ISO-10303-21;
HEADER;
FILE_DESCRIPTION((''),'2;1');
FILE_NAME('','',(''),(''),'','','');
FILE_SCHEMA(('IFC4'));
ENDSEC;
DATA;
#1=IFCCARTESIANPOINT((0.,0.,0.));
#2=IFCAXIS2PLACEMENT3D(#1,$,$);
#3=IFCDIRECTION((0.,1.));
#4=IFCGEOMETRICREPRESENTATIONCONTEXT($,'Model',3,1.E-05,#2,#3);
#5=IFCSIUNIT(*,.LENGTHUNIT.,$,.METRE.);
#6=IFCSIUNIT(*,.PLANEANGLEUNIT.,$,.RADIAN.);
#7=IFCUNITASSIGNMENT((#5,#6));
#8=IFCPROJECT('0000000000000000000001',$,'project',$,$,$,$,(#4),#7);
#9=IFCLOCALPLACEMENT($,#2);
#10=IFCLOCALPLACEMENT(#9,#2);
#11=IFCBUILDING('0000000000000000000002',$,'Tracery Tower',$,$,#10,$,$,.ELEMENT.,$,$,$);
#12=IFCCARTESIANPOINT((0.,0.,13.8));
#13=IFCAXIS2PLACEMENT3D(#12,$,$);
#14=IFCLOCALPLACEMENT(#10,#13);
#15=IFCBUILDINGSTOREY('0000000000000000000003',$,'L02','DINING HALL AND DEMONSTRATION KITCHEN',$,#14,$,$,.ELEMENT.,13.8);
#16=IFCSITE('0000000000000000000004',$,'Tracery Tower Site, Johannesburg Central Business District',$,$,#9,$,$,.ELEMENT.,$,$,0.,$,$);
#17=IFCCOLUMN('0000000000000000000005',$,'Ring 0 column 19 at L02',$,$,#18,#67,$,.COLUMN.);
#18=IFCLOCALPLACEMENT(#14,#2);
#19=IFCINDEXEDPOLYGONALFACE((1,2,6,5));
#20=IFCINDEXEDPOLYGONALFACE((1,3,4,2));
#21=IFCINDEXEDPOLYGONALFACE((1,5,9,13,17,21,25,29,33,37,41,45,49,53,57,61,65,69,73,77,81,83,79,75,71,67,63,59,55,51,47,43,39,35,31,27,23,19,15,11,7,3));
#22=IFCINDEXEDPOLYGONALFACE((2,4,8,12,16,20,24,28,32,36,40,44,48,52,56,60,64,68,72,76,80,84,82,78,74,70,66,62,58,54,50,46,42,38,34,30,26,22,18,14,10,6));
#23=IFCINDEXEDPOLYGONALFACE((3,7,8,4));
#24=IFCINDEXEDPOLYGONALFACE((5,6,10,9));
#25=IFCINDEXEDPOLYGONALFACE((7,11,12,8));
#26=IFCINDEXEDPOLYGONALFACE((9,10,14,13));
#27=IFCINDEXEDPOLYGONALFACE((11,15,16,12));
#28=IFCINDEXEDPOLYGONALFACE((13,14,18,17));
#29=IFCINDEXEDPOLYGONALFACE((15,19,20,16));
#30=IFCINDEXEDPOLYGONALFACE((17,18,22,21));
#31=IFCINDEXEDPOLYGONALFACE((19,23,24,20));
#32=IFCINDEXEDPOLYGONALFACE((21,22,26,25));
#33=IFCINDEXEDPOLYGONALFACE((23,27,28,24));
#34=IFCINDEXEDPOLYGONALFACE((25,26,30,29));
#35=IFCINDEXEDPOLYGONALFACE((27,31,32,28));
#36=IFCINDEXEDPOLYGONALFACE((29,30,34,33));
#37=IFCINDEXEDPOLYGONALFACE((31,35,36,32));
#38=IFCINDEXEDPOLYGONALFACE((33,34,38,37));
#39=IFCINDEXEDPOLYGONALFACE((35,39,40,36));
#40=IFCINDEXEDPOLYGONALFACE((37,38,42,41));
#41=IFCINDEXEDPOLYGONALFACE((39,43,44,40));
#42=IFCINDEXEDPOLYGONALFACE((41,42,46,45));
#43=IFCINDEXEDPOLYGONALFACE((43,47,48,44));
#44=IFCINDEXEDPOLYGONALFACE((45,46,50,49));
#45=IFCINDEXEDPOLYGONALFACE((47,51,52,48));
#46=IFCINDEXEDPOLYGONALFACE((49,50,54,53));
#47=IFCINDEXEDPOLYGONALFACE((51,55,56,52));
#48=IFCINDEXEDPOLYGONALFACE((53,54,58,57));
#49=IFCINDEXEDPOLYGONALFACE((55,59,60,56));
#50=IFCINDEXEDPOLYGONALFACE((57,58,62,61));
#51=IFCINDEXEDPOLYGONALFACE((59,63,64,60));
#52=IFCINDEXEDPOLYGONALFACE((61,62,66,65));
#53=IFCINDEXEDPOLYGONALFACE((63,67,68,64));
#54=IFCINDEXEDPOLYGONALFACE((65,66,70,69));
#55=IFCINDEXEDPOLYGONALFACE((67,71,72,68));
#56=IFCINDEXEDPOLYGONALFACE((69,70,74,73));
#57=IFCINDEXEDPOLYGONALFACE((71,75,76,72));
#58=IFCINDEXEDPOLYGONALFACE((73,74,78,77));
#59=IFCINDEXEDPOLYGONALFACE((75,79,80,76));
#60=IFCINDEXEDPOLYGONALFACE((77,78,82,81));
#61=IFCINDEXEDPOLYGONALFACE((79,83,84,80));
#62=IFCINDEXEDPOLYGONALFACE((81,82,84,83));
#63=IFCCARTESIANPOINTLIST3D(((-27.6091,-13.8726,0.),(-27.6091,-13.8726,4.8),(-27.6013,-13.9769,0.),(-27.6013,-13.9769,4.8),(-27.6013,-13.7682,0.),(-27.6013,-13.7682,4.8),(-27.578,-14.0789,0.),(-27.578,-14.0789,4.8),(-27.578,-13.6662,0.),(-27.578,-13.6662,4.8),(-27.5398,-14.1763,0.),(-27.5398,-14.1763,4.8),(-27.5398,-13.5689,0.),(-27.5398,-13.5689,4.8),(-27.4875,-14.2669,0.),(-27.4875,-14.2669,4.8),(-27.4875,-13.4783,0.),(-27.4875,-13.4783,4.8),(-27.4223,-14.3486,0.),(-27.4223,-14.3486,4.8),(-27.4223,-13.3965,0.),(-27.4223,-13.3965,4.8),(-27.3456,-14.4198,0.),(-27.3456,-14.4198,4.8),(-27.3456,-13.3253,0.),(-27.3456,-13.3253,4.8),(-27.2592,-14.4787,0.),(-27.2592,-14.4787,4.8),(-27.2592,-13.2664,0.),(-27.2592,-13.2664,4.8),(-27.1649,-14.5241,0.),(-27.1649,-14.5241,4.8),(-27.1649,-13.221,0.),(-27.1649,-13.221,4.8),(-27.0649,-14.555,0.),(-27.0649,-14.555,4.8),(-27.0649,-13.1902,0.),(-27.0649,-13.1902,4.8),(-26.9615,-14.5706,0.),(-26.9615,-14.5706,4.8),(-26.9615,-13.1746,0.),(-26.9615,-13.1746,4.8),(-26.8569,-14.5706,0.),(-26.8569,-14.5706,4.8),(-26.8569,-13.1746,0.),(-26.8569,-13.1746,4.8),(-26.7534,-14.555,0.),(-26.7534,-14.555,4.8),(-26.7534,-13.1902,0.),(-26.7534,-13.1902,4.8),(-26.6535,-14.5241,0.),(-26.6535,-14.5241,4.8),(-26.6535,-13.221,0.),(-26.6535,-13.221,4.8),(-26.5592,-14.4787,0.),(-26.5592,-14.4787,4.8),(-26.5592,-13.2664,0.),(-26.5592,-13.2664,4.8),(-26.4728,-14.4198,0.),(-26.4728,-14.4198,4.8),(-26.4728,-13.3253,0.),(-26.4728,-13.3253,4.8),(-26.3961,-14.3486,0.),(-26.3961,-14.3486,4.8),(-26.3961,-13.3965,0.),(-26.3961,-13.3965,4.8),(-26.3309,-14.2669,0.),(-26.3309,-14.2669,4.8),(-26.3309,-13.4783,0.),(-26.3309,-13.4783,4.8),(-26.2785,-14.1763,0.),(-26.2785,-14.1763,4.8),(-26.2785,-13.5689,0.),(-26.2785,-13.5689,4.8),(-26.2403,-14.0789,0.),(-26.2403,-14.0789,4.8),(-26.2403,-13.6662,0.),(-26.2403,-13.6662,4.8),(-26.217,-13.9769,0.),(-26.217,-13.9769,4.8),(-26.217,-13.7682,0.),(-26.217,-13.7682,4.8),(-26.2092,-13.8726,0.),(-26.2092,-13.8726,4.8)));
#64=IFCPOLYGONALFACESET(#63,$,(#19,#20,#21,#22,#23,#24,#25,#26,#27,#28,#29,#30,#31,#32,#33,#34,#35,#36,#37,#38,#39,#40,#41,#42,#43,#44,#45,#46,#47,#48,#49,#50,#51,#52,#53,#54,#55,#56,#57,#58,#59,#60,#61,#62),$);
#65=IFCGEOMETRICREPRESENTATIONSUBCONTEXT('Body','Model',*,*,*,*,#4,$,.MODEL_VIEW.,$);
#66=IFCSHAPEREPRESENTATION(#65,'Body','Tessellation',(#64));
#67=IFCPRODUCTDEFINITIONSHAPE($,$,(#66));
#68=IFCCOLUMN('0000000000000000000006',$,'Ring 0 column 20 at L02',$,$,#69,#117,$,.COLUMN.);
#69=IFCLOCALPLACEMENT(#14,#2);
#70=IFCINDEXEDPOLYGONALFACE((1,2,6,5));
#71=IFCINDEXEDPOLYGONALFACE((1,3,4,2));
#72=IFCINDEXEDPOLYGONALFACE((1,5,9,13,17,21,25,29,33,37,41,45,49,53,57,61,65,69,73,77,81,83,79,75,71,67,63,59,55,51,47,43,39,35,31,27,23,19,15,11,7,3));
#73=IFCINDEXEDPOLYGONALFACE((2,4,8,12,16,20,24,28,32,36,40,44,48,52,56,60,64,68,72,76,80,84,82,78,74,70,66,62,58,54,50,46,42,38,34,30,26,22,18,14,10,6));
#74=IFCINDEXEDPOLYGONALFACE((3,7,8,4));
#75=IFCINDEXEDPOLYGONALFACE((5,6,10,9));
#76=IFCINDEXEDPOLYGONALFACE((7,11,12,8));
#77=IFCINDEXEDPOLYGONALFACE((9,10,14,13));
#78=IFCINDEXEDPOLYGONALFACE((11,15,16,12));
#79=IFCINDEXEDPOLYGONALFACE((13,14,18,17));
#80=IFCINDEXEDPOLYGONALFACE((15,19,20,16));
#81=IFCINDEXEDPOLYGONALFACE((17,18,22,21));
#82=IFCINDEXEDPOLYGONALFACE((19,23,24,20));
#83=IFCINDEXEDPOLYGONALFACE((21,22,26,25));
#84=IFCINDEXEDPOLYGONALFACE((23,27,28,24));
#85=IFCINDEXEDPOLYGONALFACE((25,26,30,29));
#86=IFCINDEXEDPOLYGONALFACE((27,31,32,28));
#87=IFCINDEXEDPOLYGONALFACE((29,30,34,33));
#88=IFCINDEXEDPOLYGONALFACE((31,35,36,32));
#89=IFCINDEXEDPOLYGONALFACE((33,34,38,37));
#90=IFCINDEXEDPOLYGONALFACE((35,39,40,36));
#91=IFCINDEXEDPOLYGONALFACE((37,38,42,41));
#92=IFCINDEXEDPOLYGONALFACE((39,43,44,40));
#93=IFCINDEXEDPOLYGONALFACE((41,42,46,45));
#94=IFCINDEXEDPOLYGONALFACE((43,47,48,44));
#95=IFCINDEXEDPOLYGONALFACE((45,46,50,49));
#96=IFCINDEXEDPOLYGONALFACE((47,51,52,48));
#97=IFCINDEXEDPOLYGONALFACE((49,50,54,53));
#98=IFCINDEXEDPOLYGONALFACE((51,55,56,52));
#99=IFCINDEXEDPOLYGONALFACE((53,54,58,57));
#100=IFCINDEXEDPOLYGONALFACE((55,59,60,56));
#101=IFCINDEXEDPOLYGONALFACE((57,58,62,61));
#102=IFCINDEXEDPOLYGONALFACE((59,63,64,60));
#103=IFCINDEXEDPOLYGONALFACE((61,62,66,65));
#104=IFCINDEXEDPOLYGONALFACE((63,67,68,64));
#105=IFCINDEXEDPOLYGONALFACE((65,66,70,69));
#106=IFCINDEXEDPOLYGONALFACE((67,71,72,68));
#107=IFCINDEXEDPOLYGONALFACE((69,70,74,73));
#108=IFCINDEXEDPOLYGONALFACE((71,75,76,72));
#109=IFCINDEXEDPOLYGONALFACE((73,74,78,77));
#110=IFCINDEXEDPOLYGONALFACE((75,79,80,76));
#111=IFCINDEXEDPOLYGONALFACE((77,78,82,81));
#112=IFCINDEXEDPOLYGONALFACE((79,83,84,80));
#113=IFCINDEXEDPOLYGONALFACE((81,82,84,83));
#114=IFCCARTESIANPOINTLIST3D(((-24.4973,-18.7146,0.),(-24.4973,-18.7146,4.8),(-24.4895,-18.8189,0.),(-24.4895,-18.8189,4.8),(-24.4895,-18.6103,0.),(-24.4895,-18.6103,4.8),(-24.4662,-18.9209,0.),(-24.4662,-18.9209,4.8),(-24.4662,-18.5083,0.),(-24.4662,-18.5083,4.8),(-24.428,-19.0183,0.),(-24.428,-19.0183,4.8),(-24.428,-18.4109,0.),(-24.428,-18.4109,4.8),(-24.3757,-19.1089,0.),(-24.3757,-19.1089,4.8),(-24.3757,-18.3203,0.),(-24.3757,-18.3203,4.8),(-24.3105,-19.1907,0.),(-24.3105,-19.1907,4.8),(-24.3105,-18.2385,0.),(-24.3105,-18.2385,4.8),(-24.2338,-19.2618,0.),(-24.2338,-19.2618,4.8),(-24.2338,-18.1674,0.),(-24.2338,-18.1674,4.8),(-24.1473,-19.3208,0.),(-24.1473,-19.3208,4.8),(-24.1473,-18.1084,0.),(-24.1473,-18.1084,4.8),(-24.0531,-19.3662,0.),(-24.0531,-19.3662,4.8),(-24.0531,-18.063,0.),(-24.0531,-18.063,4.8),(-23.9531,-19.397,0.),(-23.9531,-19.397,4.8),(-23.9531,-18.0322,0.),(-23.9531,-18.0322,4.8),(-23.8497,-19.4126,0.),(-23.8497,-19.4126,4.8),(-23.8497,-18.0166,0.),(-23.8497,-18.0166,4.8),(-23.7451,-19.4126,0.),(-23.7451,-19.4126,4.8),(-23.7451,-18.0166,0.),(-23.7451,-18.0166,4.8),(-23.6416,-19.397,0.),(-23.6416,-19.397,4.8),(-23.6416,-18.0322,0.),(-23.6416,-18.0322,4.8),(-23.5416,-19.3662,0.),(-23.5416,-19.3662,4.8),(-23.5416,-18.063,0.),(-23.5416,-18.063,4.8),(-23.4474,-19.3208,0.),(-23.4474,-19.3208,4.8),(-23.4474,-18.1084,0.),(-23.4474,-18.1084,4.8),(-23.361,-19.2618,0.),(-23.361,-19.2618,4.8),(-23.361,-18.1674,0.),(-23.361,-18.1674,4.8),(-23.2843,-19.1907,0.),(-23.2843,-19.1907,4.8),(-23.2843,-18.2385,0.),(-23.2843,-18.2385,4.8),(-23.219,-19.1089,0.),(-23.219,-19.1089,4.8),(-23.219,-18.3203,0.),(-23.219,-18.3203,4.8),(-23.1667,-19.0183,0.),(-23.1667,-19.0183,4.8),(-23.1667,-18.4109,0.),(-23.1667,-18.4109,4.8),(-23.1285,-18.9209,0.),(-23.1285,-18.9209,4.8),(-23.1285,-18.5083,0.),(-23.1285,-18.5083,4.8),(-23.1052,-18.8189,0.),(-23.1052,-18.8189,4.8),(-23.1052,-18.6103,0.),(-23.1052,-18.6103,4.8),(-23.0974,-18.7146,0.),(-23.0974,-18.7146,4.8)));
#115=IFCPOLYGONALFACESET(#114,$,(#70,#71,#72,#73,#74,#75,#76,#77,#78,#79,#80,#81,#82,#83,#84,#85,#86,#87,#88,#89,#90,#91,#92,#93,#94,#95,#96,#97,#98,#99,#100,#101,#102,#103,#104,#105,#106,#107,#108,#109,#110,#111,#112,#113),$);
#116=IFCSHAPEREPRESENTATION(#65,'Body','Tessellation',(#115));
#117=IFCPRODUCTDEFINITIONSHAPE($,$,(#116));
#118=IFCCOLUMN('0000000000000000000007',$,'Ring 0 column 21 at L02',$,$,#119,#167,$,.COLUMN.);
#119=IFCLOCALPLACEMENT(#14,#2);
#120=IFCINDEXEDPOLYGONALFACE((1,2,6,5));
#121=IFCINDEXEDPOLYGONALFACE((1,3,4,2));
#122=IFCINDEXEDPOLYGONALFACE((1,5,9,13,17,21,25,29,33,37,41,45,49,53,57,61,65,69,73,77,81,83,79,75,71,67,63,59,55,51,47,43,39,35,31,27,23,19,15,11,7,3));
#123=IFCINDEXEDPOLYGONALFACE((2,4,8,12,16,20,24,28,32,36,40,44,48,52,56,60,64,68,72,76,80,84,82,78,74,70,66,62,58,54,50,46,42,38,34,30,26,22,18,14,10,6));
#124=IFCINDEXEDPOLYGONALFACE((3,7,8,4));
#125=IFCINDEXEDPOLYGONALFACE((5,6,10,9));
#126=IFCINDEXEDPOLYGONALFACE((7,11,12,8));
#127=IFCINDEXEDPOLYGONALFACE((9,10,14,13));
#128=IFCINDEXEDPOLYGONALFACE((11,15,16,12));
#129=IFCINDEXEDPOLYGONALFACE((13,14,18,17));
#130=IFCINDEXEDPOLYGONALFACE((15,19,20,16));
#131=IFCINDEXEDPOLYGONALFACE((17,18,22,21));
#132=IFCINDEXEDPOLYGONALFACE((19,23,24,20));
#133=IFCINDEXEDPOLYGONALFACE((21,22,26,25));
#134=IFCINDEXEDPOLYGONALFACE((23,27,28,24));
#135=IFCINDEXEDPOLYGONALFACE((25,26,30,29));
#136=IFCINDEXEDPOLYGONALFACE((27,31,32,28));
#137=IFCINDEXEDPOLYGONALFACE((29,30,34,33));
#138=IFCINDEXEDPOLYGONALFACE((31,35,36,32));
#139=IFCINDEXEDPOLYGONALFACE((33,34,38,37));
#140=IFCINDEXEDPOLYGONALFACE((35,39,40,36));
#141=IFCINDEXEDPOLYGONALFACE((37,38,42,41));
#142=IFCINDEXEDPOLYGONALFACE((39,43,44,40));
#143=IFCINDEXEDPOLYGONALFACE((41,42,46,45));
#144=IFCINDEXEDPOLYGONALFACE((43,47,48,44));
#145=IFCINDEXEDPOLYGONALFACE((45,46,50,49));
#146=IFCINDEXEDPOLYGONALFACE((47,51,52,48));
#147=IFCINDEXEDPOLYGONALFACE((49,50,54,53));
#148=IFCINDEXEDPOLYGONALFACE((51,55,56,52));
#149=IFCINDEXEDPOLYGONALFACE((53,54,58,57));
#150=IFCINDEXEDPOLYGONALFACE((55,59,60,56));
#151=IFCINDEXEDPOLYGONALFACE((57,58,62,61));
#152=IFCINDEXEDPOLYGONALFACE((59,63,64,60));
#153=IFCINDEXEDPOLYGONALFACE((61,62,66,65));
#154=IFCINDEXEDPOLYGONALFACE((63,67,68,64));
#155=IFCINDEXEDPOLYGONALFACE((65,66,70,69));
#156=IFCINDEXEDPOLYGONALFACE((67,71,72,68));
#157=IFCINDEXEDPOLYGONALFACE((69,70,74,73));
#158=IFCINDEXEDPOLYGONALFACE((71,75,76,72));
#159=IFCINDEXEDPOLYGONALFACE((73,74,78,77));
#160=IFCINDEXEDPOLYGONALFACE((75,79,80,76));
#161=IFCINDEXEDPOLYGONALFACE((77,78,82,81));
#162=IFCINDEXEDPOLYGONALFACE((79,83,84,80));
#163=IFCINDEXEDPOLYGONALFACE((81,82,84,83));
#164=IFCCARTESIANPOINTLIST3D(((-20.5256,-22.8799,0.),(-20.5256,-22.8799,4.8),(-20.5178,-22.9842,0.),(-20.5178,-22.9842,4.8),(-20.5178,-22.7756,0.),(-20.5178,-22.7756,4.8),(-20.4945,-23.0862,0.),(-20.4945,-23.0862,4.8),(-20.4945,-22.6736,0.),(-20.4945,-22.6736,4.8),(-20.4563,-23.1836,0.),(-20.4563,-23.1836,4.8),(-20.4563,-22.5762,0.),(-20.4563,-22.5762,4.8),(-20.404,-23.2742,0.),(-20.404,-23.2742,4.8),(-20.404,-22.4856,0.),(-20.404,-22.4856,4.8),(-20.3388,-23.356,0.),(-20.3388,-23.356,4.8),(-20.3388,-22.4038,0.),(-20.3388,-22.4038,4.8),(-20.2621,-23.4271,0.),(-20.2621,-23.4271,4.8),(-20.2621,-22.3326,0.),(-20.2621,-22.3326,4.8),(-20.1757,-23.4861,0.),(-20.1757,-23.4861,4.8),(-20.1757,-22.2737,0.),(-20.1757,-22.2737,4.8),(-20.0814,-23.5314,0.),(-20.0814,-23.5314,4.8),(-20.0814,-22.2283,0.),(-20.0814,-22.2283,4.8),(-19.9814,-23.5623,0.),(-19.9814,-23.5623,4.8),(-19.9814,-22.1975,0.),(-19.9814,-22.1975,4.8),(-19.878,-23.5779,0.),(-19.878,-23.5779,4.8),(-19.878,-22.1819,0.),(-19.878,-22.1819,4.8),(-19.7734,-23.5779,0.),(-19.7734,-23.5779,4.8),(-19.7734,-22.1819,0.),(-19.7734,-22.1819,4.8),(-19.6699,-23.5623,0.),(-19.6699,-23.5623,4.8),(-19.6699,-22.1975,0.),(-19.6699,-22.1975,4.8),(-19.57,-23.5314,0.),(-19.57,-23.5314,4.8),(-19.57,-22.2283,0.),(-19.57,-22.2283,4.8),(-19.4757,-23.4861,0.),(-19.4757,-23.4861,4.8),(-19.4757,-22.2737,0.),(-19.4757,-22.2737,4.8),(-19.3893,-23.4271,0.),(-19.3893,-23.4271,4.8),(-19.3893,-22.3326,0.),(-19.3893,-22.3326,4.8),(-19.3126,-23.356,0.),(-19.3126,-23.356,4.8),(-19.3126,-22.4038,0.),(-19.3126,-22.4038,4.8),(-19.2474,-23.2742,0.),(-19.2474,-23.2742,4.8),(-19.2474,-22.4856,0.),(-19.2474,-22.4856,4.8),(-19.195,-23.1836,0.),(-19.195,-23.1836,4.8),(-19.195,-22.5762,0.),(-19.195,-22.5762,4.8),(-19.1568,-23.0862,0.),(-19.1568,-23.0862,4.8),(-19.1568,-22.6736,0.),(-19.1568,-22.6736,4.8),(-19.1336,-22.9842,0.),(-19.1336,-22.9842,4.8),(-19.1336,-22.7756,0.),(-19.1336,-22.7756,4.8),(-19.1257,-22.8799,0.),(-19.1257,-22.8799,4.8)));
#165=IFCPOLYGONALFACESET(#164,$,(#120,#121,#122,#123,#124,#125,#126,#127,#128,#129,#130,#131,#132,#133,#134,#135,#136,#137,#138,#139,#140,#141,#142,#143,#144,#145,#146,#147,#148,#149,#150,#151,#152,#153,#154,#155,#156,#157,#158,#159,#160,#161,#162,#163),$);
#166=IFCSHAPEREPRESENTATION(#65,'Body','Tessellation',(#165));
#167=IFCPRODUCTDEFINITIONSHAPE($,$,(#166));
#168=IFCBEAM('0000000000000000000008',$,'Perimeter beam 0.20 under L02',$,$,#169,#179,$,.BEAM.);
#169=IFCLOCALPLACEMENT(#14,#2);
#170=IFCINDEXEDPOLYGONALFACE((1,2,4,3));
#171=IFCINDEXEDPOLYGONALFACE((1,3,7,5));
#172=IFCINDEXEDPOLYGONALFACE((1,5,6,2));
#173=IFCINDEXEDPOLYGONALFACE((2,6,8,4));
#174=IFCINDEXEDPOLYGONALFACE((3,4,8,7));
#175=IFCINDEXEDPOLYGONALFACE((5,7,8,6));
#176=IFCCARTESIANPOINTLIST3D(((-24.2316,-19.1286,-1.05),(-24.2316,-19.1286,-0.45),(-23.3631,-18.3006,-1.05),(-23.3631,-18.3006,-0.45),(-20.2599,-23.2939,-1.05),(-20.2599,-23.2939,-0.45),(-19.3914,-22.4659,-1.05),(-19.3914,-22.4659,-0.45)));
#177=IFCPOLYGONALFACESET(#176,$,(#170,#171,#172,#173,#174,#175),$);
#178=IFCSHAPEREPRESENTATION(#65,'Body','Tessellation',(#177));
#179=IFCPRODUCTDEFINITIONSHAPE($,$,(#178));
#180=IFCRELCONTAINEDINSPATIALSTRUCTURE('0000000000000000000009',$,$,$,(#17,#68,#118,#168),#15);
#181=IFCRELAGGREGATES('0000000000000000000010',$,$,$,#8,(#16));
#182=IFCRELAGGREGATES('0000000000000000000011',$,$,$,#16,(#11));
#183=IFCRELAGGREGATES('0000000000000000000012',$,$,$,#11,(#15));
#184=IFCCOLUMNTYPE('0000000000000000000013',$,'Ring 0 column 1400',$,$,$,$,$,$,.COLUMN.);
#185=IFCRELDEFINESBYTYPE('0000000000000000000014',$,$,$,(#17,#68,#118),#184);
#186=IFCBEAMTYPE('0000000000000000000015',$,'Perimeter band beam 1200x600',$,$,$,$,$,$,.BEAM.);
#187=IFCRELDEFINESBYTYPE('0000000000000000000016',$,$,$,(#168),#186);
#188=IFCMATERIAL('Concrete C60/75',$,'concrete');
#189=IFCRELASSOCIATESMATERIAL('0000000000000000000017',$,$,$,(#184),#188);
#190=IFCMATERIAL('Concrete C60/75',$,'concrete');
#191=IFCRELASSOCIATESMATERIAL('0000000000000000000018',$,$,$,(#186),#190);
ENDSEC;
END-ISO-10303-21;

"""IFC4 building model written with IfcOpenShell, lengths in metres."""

from ifc_helpers import new_model, si_unit, direction, frame, origin, origin_2d, place, context, subcontext, project, spatial, rectangle, circle, extrude, material, material_profile, profile_set, type_object, element, save


model = new_model("IFC4")

# Units and contexts
model_context = context("Model", 3, precision=1e-05, world=origin(), true_north=direction((0.0, 1.0)))
body_context = subcontext(model_context, "Body", "Model", "MODEL_VIEW")
ifc_project = project(units=[si_unit("LENGTHUNIT", "METRE"), si_unit("PLANEANGLEUNIT", "RADIAN")], contexts=[model_context])

# Site, building, storey
site_placement = place(None, origin())
site = spatial("IfcSite", under=ifc_project, at=site_placement, Name="Tracery Tower Site, Johannesburg Central Business District", CompositionType="ELEMENT", RefElevation=0.0)
building_placement = place(site_placement, origin())
building = spatial("IfcBuilding", under=site, at=building_placement, Name="Tracery Tower", CompositionType="ELEMENT")
storey_placement = place(building_placement, frame((0.0, 0.0, 13.8)))
storey = spatial("IfcBuildingStorey", under=building, at=storey_placement, Name="L02", Description="DINING HALL AND DEMONSTRATION KITCHEN", CompositionType="ELEMENT", Elevation=13.8)

# Columns
ifc_material_1 = material(Name="Concrete C60/75", Category="concrete")
ifc_material_profile_1 = material_profile(ifc_material_1, circle(Radius=0.7, at=origin_2d()), Name="RC D1400")
ifc_profile_set_1 = profile_set([ifc_material_profile_1], Name="Concrete C60/75")
column_type = type_object("IfcColumnType", Name="Ring 0 column 1400", PredefinedType="COLUMN", material=ifc_profile_set_1)
for number, where, z_axis, x_axis, name in (
    (1, (-26.9092, -13.8726, 0.0), (0.0, 0.0, 1.0), (1.0, 0.0, 0.0), "Ring 0 column 19 at L02"),
    (2, (-23.7974, -18.7146, 0.0), (0.0, 0.0, 1.0), (1.0, 0.0, 0.0), "Ring 0 column 20 at L02"),
    (3, (-19.8257, -22.8799, 0.0), (0.0, 0.0, 1.0), (1.0, 0.0, 0.0), "Ring 0 column 21 at L02"),
):
    element("IfcColumn", number, at=place(storey_placement, frame(where, z_axis=z_axis, x_axis=x_axis)), inside=storey, type_object=column_type, Name=name, PredefinedType="COLUMN", context=body_context, shape_type="SweptSolid", body=[
        extrude(circle(Radius=0.7, at=origin_2d()), origin(), (0.0, 0.0, 1.0), 4.8),
    ])

# Beam
ifc_material_2 = material(Name="Concrete C60/75", Category="concrete")
ifc_material_profile_2 = material_profile(ifc_material_2, rectangle(XDim=1.2, YDim=0.6001, at=origin_2d()), Name="RC 1200x600")
ifc_profile_set_2 = profile_set([ifc_material_profile_2], Name="Concrete C60/75")
beam_type = type_object("IfcBeamType", Name="Perimeter band beam 1200x600", PredefinedType="BEAM", material=ifc_profile_set_2)
beam_placement = place(storey_placement, frame((-23.7974, -18.7146, -0.75), z_axis=(0.690087, -0.723726, 0.0), x_axis=(0.723726, 0.690087, 0.0)))
element("IfcBeam", 4, at=beam_placement, inside=storey, type_object=beam_type, Name="Perimeter beam 0.20 under L02", PredefinedType="BEAM", context=body_context, shape_type="SweptSolid", body=[
    extrude(rectangle(XDim=1.2, YDim=0.6001, at=origin_2d()), origin(), (0.0, 0.0, 1.0), 5.7554),
])

save(model, "model.ifc")
